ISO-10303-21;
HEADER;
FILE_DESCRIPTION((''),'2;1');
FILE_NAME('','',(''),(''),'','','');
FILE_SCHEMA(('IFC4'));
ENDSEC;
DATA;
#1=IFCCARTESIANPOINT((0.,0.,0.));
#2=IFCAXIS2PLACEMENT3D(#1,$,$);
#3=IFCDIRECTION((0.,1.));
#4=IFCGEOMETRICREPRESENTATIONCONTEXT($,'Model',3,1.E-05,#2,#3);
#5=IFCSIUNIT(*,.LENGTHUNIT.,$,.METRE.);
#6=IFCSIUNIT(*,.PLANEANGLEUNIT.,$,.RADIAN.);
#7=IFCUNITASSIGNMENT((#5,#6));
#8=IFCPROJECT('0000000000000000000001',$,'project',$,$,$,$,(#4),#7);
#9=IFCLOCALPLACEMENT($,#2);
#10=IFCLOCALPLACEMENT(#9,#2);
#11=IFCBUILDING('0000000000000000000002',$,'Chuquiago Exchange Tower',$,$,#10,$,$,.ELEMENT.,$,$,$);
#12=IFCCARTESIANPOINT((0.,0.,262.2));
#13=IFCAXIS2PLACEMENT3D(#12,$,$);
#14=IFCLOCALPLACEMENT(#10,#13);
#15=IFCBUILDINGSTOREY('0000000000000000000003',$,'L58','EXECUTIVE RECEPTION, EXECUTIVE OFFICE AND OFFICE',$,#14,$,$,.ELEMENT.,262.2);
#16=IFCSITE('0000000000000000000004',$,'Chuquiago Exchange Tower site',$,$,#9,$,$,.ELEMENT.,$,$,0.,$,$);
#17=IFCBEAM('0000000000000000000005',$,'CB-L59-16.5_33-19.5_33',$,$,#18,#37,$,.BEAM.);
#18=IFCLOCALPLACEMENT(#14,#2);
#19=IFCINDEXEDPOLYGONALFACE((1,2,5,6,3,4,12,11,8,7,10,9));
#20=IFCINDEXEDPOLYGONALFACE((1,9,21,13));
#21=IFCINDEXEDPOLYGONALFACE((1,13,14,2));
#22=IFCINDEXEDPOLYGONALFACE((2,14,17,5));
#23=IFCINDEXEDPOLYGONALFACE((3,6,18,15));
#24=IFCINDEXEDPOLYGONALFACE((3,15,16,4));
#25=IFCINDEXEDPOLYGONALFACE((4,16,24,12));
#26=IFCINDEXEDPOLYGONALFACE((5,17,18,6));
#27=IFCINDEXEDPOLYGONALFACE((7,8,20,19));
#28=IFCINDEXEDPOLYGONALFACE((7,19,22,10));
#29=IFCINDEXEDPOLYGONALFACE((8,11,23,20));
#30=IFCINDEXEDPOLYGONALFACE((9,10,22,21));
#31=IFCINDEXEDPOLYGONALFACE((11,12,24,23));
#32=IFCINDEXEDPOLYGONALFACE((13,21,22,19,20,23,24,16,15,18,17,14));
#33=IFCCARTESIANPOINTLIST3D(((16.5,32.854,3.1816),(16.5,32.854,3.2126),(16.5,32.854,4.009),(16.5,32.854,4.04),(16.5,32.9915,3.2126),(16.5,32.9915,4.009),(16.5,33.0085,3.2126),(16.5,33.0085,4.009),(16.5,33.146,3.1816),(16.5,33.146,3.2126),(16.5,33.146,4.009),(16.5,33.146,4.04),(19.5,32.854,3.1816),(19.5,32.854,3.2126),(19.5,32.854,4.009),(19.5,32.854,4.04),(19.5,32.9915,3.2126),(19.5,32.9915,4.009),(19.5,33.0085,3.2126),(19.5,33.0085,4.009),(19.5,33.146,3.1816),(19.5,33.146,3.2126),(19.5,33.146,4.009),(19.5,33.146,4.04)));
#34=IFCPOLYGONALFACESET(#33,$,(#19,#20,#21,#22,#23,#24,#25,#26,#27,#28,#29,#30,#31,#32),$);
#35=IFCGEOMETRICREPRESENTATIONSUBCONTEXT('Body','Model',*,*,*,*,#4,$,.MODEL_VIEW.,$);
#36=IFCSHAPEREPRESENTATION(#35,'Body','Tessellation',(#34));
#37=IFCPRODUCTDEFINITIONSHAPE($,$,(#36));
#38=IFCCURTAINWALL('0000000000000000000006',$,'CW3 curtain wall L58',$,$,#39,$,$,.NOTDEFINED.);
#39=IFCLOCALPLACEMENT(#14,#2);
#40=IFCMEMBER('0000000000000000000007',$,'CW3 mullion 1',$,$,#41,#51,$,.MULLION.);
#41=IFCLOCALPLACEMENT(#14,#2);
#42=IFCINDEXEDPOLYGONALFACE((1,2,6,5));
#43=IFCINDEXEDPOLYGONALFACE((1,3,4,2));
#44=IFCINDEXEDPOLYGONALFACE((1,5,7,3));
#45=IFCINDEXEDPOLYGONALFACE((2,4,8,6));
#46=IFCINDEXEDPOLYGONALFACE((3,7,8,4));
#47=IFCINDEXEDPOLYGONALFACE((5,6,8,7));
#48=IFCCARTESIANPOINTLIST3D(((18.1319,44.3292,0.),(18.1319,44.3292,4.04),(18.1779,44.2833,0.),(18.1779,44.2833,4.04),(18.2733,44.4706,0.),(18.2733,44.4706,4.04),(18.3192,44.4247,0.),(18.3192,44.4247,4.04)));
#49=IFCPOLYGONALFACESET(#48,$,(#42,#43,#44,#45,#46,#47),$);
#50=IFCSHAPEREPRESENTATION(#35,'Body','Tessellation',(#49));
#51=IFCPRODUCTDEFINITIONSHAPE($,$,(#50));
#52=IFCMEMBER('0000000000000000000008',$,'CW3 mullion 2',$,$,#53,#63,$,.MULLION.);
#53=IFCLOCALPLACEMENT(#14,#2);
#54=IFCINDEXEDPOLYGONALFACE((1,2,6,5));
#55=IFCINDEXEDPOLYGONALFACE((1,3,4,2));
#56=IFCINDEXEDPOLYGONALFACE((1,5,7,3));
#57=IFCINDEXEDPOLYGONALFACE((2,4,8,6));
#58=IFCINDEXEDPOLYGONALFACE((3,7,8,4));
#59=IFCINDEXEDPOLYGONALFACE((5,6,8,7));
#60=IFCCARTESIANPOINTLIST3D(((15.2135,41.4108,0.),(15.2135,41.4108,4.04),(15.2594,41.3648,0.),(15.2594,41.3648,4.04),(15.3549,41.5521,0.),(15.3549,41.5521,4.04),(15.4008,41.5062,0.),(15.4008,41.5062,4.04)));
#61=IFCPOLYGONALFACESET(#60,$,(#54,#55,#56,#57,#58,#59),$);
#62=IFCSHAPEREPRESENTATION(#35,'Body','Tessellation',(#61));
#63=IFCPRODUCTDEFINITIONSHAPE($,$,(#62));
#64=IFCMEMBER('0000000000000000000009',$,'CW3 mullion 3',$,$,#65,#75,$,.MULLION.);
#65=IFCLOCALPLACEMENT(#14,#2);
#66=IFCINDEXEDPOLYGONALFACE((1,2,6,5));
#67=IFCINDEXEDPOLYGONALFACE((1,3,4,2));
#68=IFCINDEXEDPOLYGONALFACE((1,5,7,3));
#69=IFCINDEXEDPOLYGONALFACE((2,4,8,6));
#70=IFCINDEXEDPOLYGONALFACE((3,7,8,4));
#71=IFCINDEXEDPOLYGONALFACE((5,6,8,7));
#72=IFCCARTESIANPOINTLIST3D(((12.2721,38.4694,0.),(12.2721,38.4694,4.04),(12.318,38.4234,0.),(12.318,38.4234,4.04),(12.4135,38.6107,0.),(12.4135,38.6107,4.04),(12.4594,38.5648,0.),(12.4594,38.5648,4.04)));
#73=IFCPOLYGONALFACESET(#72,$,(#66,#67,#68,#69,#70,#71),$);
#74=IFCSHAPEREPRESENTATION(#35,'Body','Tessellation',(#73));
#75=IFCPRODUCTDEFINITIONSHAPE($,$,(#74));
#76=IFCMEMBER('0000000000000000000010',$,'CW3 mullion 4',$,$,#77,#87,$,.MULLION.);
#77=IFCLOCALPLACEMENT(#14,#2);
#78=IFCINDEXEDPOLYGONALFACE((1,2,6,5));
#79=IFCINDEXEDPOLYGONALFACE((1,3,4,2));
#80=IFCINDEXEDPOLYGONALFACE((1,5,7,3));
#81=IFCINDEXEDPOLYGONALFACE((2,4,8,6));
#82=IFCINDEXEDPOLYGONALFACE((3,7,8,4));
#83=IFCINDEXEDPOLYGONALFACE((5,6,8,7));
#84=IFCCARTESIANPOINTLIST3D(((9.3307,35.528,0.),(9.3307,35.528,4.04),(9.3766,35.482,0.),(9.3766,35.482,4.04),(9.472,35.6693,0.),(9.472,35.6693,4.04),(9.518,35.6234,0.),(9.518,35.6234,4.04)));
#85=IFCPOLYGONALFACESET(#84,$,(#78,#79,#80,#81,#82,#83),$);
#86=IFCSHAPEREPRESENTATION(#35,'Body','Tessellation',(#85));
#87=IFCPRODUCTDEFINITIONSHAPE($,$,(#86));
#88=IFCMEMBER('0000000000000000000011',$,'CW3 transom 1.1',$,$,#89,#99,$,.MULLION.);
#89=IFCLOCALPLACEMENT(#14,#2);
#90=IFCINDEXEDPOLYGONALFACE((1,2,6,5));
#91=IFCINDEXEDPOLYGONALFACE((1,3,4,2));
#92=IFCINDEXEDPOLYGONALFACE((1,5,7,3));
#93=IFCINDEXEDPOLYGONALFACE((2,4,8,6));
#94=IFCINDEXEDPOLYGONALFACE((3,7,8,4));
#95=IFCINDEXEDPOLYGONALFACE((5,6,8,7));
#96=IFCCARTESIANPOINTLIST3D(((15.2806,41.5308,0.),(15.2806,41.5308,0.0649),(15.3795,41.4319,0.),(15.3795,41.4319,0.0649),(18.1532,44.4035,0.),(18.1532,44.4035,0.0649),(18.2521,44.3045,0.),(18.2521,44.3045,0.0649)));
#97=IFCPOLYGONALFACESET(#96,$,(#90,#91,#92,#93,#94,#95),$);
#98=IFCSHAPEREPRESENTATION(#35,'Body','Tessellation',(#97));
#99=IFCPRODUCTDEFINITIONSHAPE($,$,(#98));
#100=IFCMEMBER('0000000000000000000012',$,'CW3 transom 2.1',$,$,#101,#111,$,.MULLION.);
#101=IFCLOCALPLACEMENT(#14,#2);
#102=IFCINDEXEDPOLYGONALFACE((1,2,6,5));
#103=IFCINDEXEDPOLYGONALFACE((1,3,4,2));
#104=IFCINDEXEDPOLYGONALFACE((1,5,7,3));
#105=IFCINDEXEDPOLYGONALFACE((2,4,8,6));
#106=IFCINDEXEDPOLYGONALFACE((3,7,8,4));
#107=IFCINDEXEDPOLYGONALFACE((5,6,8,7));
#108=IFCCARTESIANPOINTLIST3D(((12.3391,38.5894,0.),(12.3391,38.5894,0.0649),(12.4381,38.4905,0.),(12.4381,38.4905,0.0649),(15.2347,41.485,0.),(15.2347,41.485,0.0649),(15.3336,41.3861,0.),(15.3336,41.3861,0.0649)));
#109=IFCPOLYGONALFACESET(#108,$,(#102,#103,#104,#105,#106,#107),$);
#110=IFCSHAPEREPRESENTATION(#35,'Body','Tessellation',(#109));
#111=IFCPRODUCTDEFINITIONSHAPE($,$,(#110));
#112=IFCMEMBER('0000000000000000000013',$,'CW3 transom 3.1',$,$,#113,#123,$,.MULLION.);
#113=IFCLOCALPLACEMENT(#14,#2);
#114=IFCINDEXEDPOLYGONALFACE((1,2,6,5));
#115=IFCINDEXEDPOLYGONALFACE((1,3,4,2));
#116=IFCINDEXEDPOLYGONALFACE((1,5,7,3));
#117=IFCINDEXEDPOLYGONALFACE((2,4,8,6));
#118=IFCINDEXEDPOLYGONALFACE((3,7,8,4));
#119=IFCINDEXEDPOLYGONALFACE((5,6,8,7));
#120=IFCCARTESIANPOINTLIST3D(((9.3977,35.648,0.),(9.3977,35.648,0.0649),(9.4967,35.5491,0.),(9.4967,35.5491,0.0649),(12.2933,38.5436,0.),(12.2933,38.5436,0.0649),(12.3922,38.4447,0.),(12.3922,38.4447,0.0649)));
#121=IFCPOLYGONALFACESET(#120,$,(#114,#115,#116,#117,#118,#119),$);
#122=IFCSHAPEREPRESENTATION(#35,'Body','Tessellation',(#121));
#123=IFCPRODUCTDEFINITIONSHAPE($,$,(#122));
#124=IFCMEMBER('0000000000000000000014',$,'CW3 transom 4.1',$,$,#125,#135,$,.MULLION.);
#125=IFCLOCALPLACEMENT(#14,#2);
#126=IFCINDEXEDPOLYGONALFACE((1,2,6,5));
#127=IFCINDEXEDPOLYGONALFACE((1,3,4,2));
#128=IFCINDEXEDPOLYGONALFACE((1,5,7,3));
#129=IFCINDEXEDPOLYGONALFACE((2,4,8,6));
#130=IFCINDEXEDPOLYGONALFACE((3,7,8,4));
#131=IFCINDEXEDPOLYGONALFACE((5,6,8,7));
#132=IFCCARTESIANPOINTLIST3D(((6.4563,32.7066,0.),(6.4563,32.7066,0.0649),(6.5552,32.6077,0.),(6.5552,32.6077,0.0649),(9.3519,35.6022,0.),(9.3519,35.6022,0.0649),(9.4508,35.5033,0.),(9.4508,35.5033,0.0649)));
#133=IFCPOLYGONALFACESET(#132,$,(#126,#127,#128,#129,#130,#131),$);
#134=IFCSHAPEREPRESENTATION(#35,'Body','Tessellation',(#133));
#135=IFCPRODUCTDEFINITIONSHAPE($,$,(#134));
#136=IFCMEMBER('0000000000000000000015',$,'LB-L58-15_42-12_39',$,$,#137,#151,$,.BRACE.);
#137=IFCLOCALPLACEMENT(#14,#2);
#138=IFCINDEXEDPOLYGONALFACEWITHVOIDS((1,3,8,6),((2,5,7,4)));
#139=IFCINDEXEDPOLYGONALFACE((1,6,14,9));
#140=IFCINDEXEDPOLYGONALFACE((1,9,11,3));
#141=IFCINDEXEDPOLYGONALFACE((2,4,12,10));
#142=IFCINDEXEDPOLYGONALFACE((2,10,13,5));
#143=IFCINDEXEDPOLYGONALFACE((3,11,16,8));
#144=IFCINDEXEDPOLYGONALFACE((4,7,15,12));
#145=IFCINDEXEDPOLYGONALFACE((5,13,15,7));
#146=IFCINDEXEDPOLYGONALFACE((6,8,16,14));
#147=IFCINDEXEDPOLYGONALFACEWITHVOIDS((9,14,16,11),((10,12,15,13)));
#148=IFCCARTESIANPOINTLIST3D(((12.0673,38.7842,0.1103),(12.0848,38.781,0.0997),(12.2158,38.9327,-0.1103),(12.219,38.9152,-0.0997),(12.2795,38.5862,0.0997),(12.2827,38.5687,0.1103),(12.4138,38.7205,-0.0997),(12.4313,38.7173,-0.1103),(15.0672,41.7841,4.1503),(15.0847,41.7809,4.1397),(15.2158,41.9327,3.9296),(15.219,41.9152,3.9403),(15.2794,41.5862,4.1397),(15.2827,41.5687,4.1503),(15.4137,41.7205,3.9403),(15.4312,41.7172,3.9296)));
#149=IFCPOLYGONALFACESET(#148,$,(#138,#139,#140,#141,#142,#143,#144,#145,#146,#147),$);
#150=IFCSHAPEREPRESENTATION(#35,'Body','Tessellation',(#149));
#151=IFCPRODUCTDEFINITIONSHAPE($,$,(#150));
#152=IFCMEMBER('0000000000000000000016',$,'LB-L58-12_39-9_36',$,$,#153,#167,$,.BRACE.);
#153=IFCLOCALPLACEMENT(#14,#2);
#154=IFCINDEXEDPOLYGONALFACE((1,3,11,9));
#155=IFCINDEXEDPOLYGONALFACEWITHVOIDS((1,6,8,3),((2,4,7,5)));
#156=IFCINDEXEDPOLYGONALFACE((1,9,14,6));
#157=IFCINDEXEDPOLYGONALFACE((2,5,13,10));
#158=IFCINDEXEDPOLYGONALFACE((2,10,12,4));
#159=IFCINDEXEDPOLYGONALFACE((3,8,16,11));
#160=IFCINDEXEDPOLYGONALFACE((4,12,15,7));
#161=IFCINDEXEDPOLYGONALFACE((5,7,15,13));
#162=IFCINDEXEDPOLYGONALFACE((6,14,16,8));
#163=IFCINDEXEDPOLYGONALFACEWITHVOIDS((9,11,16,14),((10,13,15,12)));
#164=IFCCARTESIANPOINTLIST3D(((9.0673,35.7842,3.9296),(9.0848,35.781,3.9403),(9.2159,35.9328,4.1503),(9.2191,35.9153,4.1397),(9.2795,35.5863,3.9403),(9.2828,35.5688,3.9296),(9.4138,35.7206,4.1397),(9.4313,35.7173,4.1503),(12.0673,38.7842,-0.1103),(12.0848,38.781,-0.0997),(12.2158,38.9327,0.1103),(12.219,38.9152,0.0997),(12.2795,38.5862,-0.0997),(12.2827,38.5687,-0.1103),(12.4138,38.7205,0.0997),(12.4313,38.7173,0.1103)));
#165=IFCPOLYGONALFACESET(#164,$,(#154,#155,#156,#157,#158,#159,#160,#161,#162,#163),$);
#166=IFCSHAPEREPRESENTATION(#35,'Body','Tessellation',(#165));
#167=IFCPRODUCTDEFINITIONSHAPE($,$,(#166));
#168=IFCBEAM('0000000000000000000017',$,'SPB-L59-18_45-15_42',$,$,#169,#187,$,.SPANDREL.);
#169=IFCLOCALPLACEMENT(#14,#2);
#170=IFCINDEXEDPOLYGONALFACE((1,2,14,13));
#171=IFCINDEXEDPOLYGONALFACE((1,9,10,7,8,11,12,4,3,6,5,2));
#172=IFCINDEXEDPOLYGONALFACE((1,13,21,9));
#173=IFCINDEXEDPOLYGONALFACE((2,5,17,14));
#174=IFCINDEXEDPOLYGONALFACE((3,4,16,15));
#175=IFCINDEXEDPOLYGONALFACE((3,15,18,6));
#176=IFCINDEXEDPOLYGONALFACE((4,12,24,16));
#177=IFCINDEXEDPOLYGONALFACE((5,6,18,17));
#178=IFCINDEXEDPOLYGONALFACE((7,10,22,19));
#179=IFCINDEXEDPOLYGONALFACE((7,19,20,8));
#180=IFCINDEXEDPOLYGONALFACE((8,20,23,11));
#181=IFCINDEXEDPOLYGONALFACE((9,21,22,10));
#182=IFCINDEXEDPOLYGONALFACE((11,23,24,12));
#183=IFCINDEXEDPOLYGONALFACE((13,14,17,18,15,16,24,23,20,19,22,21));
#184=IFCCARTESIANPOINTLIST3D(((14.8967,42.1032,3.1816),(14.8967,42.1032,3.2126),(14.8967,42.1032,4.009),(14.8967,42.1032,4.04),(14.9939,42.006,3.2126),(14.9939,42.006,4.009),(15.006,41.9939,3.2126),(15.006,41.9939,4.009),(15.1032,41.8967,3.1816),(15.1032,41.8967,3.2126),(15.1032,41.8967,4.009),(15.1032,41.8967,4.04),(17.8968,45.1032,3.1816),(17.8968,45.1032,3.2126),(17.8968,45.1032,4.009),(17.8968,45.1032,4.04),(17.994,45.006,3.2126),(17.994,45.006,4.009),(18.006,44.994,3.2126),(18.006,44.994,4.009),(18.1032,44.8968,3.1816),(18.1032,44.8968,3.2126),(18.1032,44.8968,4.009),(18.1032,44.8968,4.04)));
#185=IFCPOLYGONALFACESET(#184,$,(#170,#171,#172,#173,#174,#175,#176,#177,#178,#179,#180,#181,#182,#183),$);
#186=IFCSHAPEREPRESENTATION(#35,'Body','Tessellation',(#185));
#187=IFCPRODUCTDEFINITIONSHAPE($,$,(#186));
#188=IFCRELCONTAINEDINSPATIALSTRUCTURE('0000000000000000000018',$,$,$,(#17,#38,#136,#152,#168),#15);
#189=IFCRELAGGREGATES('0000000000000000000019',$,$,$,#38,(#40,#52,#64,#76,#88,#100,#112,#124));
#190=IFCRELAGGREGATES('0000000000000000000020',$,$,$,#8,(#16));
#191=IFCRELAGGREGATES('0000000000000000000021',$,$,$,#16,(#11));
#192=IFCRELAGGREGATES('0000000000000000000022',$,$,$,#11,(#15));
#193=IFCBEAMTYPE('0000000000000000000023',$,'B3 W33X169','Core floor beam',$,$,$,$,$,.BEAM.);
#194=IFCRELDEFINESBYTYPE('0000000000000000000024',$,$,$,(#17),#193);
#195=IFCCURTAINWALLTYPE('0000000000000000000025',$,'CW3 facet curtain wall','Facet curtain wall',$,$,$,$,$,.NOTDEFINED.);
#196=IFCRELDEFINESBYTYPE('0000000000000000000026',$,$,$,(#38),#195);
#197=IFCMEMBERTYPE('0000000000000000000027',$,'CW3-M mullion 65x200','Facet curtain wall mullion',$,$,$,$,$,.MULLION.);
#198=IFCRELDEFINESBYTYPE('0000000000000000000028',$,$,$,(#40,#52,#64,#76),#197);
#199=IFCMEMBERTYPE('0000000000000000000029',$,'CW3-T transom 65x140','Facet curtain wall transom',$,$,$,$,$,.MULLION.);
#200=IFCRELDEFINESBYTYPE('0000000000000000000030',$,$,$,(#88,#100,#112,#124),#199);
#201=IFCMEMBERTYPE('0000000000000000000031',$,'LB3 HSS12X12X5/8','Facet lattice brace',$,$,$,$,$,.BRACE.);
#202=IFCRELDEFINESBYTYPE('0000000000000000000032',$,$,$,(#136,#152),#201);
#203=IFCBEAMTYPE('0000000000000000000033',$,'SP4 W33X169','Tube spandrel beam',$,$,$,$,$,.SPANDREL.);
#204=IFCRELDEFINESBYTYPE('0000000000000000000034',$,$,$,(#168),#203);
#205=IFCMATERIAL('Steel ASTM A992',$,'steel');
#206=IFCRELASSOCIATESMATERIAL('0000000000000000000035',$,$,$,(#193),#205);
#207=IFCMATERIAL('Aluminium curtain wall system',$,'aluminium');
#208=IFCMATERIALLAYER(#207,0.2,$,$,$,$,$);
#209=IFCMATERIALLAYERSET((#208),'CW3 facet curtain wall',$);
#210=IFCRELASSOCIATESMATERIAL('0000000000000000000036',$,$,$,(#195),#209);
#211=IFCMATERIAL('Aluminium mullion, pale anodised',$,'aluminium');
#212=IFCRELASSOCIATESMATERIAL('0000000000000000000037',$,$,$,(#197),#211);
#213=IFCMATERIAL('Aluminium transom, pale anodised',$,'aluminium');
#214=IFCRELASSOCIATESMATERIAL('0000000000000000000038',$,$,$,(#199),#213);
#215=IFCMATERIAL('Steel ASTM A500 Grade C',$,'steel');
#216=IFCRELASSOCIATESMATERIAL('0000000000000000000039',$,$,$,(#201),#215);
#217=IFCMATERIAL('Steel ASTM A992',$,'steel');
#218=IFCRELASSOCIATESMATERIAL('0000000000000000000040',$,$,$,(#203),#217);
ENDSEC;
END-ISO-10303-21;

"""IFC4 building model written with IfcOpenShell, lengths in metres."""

from ifc_helpers import new_model, si_unit, direction, frame, origin, origin_2d, place, context, subcontext, project, spatial, rectangle, hollow_rectangle, i_section, extrude, material, layer, layer_set, material_profile, profile_set, type_object, element, aggregate, save


model = new_model("IFC4")

# Units and contexts
model_context = context("Model", 3, precision=1e-05, world=origin(), true_north=direction((0.0, 1.0)))
body_context = subcontext(model_context, "Body", "Model", "MODEL_VIEW")
ifc_project = project(units=[si_unit("LENGTHUNIT", "METRE"), si_unit("PLANEANGLEUNIT", "RADIAN")], contexts=[model_context])

# Site, building, storey
site_placement = place(None, origin())
site = spatial("IfcSite", under=ifc_project, at=site_placement, Name="Chuquiago Exchange Tower site", CompositionType="ELEMENT", RefElevation=0.0)
building_placement = place(site_placement, origin())
building = spatial("IfcBuilding", under=site, at=building_placement, Name="Chuquiago Exchange Tower", CompositionType="ELEMENT")
storey_placement = place(building_placement, frame((0.0, 0.0, 262.2)))
storey = spatial("IfcBuildingStorey", under=building, at=storey_placement, Name="L58", Description="EXECUTIVE RECEPTION, EXECUTIVE OFFICE AND OFFICE", CompositionType="ELEMENT", Elevation=262.2)

# Beam
ifc_material_1 = material(Name="Steel ASTM A992", Category="steel")
ifc_material_profile_1 = material_profile(ifc_material_1, i_section(OverallWidth=0.292, OverallDepth=0.8584, WebThickness=0.0171, FlangeThickness=0.031, at=origin_2d()), Name="W33X169")
ifc_profile_set_1 = profile_set([ifc_material_profile_1], Name="Steel ASTM A992")
beam_type_1 = type_object("IfcBeamType", Name="B3 W33X169", Description="Core floor beam", PredefinedType="BEAM", material=ifc_profile_set_1)
beam_1_placement = place(storey_placement, frame((16.5, 33.0, 3.6108), z_axis=(1.0, 0.0, 0.0), x_axis=(0.0, 1.0, 0.0)))
element("IfcBeam", 1, at=beam_1_placement, inside=storey, type_object=beam_type_1, Name="CB-L59-16.5_33-19.5_33", PredefinedType="BEAM", context=body_context, shape_type="SweptSolid", body=[
    extrude(i_section(OverallWidth=0.292, OverallDepth=0.8584, WebThickness=0.0171, FlangeThickness=0.031, at=origin_2d()), origin(), (0.0, 0.0, 1.0), 3.0),
])

# Curtain wall, members
ifc_material_2 = material(Name="Aluminium curtain wall system", Category="aluminium")
ifc_layer_1 = layer(ifc_material_2, 0.2)
ifc_layer_set_1 = layer_set([ifc_layer_1], Name="CW3 facet curtain wall")
curtain_wall_type = type_object("IfcCurtainWallType", Name="CW3 facet curtain wall", Description="Facet curtain wall", PredefinedType="NOTDEFINED", material=ifc_layer_set_1)
curtain_wall_placement = place(storey_placement, origin())
curtain_wall = element("IfcCurtainWall", 2, at=curtain_wall_placement, inside=storey, type_object=curtain_wall_type, Name="CW3 curtain wall L58", PredefinedType="NOTDEFINED")
ifc_material_3 = material(Name="Aluminium mullion, pale anodised", Category="aluminium")
ifc_material_profile_2 = material_profile(ifc_material_3, rectangle(XDim=0.0649, YDim=0.2, at=origin_2d()), Name="AL 65x200")
ifc_profile_set_2 = profile_set([ifc_material_profile_2], Name="Aluminium mullion, pale anodised")
member_type_1 = type_object("IfcMemberType", Name="CW3-M mullion 65x200", Description="Facet curtain wall mullion", PredefinedType="MULLION", material=ifc_profile_set_2)
member_1_placement = place(storey_placement, frame((18.2256, 44.377, 0.0), z_axis=(0.0, 0.0, 1.0), x_axis=(0.707107, -0.707107, 0.0)))
member_1 = element("IfcMember", 3, at=member_1_placement, type_object=member_type_1, Name="CW3 mullion 1", PredefinedType="MULLION", context=body_context, shape_type="SweptSolid", body=[
    extrude(rectangle(XDim=0.0649, YDim=0.2, at=origin_2d()), origin(), (0.0, 0.0, 1.0), 4.04),
])
member_2_placement = place(storey_placement, frame((15.3071, 41.4585, 0.0), z_axis=(0.0, 0.0, 1.0), x_axis=(0.707107, -0.707107, 0.0)))
member_2 = element("IfcMember", 4, at=member_2_placement, type_object=member_type_1, Name="CW3 mullion 2", PredefinedType="MULLION", context=body_context, shape_type="SweptSolid", body=[
    extrude(rectangle(XDim=0.0649, YDim=0.2, at=origin_2d()), origin(), (0.0, 0.0, 1.0), 4.04),
])
member_3_placement = place(storey_placement, frame((12.3657, 38.5171, 0.0), z_axis=(0.0, 0.0, 1.0), x_axis=(0.707107, -0.707107, 0.0)))
member_3 = element("IfcMember", 5, at=member_3_placement, type_object=member_type_1, Name="CW3 mullion 3", PredefinedType="MULLION", context=body_context, shape_type="SweptSolid", body=[
    extrude(rectangle(XDim=0.0649, YDim=0.2, at=origin_2d()), origin(), (0.0, 0.0, 1.0), 4.04),
])
member_4_placement = place(storey_placement, frame((9.4243, 35.5757, 0.0), z_axis=(0.0, 0.0, 1.0), x_axis=(0.707107, -0.707107, 0.0)))
member_4 = element("IfcMember", 6, at=member_4_placement, type_object=member_type_1, Name="CW3 mullion 4", PredefinedType="MULLION", context=body_context, shape_type="SweptSolid", body=[
    extrude(rectangle(XDim=0.0649, YDim=0.2, at=origin_2d()), origin(), (0.0, 0.0, 1.0), 4.04),
])
ifc_material_4 = material(Name="Aluminium transom, pale anodised", Category="aluminium")
ifc_material_profile_3 = material_profile(ifc_material_4, rectangle(XDim=0.1399, YDim=0.0649, at=origin_2d()), Name="AL 140x65")
ifc_profile_set_3 = profile_set([ifc_material_profile_3], Name="Aluminium transom, pale anodised")
member_type_2 = type_object("IfcMemberType", Name="CW3-T transom 65x140", Description="Facet curtain wall transom", PredefinedType="MULLION", material=ifc_profile_set_3)
member_5_placement = place(storey_placement, frame((18.2026, 44.354, 0.0325), z_axis=(-0.707107, -0.707107, 0.0), x_axis=(0.707107, -0.707107, 0.0)))
member_5 = element("IfcMember", 7, at=member_5_placement, type_object=member_type_2, Name="CW3 transom 1.1", PredefinedType="MULLION", context=body_context, shape_type="SweptSolid", body=[
    extrude(rectangle(XDim=0.1399, YDim=0.0649, at=origin_2d()), origin(), (0.0, 0.0, 1.0), 4.0625),
])
member_6_placement = place(storey_placement, frame((15.2842, 41.4355, 0.0325), z_axis=(-0.707107, -0.707107, 0.0), x_axis=(0.707107, -0.707107, 0.0)))
member_6 = element("IfcMember", 8, at=member_6_placement, type_object=member_type_2, Name="CW3 transom 2.1", PredefinedType="MULLION", context=body_context, shape_type="SweptSolid", body=[
    extrude(rectangle(XDim=0.1399, YDim=0.0649, at=origin_2d()), origin(), (0.0, 0.0, 1.0), 4.095),
])
member_7_placement = place(storey_placement, frame((12.3428, 38.4941, 0.0325), z_axis=(-0.707107, -0.707107, 0.0), x_axis=(0.707107, -0.707107, 0.0)))
member_7 = element("IfcMember", 9, at=member_7_placement, type_object=member_type_2, Name="CW3 transom 3.1", PredefinedType="MULLION", context=body_context, shape_type="SweptSolid", body=[
    extrude(rectangle(XDim=0.1399, YDim=0.0649, at=origin_2d()), origin(), (0.0, 0.0, 1.0), 4.095),
])
member_8_placement = place(storey_placement, frame((9.4014, 35.5527, 0.0325), z_axis=(-0.707107, -0.707107, 0.0), x_axis=(0.707107, -0.707107, 0.0)))
member_8 = element("IfcMember", 10, at=member_8_placement, type_object=member_type_2, Name="CW3 transom 4.1", PredefinedType="MULLION", context=body_context, shape_type="SweptSolid", body=[
    extrude(rectangle(XDim=0.1399, YDim=0.0649, at=origin_2d()), origin(), (0.0, 0.0, 1.0), 4.095),
])

# Members
ifc_material_5 = material(Name="Steel ASTM A500 Grade C", Category="steel")
ifc_material_profile_4 = material_profile(ifc_material_5, hollow_rectangle(XDim=0.3047, YDim=0.3047, WallThickness=0.0146, at=origin_2d()), Name="HSS12X12X5/8")
ifc_profile_set_4 = profile_set([ifc_material_profile_4], Name="Steel ASTM A500 Grade C")
member_type_3 = type_object("IfcMemberType", Name="LB3 HSS12X12X5/8", Description="Facet lattice brace", PredefinedType="BRACE", material=ifc_profile_set_4)
for number, where, z_axis, x_axis, name in (
    (11, (12.2493, 38.7507, 0.0), (0.512077, 0.512077, 0.689604), (-0.707107, 0.707107, 0.0), "LB-L58-15_42-12_39"),
    (12, (12.2493, 38.7507, 0.0), (-0.512077, -0.512077, 0.689604), (0.707107, -0.707107, 0.0), "LB-L58-12_39-9_36"),
):
    element("IfcMember", number, at=place(storey_placement, frame(where, z_axis=z_axis, x_axis=x_axis)), inside=storey, type_object=member_type_3, Name=name, PredefinedType="BRACE", context=body_context, shape_type="SweptSolid", body=[
        extrude(hollow_rectangle(XDim=0.3047, YDim=0.3047, WallThickness=0.0146, at=origin_2d()), origin(), (0.0, 0.0, 1.0), 5.8584),
    ])

# Beam
ifc_material_6 = material(Name="Steel ASTM A992", Category="steel")
ifc_material_profile_5 = material_profile(ifc_material_6, i_section(OverallWidth=0.292, OverallDepth=0.8584, WebThickness=0.0171, FlangeThickness=0.031, at=origin_2d()), Name="W33X169")
ifc_profile_set_5 = profile_set([ifc_material_profile_5], Name="Steel ASTM A992")
beam_type_2 = type_object("IfcBeamType", Name="SP4 W33X169", Description="Tube spandrel beam", PredefinedType="SPANDREL", material=ifc_profile_set_5)
for number, where, z_axis, x_axis, name in (
    (13, (18.0, 45.0, 3.6108), (-0.707107, -0.707107, 0.0), (0.707107, -0.707107, 0.0), "SPB-L59-18_45-15_42"),
):
    element("IfcBeam", number, at=place(storey_placement, frame(where, z_axis=z_axis, x_axis=x_axis)), inside=storey, type_object=beam_type_2, Name=name, PredefinedType="SPANDREL", context=body_context, shape_type="SweptSolid", body=[
        extrude(i_section(OverallWidth=0.292, OverallDepth=0.8584, WebThickness=0.0171, FlangeThickness=0.031, at=origin_2d()), origin(), (0.0, 0.0, 1.0), 4.2427),
    ])

aggregate(curtain_wall, [member_1, member_2, member_3, member_4, member_5, member_6, member_7, member_8])

save(model, "model.ifc")
